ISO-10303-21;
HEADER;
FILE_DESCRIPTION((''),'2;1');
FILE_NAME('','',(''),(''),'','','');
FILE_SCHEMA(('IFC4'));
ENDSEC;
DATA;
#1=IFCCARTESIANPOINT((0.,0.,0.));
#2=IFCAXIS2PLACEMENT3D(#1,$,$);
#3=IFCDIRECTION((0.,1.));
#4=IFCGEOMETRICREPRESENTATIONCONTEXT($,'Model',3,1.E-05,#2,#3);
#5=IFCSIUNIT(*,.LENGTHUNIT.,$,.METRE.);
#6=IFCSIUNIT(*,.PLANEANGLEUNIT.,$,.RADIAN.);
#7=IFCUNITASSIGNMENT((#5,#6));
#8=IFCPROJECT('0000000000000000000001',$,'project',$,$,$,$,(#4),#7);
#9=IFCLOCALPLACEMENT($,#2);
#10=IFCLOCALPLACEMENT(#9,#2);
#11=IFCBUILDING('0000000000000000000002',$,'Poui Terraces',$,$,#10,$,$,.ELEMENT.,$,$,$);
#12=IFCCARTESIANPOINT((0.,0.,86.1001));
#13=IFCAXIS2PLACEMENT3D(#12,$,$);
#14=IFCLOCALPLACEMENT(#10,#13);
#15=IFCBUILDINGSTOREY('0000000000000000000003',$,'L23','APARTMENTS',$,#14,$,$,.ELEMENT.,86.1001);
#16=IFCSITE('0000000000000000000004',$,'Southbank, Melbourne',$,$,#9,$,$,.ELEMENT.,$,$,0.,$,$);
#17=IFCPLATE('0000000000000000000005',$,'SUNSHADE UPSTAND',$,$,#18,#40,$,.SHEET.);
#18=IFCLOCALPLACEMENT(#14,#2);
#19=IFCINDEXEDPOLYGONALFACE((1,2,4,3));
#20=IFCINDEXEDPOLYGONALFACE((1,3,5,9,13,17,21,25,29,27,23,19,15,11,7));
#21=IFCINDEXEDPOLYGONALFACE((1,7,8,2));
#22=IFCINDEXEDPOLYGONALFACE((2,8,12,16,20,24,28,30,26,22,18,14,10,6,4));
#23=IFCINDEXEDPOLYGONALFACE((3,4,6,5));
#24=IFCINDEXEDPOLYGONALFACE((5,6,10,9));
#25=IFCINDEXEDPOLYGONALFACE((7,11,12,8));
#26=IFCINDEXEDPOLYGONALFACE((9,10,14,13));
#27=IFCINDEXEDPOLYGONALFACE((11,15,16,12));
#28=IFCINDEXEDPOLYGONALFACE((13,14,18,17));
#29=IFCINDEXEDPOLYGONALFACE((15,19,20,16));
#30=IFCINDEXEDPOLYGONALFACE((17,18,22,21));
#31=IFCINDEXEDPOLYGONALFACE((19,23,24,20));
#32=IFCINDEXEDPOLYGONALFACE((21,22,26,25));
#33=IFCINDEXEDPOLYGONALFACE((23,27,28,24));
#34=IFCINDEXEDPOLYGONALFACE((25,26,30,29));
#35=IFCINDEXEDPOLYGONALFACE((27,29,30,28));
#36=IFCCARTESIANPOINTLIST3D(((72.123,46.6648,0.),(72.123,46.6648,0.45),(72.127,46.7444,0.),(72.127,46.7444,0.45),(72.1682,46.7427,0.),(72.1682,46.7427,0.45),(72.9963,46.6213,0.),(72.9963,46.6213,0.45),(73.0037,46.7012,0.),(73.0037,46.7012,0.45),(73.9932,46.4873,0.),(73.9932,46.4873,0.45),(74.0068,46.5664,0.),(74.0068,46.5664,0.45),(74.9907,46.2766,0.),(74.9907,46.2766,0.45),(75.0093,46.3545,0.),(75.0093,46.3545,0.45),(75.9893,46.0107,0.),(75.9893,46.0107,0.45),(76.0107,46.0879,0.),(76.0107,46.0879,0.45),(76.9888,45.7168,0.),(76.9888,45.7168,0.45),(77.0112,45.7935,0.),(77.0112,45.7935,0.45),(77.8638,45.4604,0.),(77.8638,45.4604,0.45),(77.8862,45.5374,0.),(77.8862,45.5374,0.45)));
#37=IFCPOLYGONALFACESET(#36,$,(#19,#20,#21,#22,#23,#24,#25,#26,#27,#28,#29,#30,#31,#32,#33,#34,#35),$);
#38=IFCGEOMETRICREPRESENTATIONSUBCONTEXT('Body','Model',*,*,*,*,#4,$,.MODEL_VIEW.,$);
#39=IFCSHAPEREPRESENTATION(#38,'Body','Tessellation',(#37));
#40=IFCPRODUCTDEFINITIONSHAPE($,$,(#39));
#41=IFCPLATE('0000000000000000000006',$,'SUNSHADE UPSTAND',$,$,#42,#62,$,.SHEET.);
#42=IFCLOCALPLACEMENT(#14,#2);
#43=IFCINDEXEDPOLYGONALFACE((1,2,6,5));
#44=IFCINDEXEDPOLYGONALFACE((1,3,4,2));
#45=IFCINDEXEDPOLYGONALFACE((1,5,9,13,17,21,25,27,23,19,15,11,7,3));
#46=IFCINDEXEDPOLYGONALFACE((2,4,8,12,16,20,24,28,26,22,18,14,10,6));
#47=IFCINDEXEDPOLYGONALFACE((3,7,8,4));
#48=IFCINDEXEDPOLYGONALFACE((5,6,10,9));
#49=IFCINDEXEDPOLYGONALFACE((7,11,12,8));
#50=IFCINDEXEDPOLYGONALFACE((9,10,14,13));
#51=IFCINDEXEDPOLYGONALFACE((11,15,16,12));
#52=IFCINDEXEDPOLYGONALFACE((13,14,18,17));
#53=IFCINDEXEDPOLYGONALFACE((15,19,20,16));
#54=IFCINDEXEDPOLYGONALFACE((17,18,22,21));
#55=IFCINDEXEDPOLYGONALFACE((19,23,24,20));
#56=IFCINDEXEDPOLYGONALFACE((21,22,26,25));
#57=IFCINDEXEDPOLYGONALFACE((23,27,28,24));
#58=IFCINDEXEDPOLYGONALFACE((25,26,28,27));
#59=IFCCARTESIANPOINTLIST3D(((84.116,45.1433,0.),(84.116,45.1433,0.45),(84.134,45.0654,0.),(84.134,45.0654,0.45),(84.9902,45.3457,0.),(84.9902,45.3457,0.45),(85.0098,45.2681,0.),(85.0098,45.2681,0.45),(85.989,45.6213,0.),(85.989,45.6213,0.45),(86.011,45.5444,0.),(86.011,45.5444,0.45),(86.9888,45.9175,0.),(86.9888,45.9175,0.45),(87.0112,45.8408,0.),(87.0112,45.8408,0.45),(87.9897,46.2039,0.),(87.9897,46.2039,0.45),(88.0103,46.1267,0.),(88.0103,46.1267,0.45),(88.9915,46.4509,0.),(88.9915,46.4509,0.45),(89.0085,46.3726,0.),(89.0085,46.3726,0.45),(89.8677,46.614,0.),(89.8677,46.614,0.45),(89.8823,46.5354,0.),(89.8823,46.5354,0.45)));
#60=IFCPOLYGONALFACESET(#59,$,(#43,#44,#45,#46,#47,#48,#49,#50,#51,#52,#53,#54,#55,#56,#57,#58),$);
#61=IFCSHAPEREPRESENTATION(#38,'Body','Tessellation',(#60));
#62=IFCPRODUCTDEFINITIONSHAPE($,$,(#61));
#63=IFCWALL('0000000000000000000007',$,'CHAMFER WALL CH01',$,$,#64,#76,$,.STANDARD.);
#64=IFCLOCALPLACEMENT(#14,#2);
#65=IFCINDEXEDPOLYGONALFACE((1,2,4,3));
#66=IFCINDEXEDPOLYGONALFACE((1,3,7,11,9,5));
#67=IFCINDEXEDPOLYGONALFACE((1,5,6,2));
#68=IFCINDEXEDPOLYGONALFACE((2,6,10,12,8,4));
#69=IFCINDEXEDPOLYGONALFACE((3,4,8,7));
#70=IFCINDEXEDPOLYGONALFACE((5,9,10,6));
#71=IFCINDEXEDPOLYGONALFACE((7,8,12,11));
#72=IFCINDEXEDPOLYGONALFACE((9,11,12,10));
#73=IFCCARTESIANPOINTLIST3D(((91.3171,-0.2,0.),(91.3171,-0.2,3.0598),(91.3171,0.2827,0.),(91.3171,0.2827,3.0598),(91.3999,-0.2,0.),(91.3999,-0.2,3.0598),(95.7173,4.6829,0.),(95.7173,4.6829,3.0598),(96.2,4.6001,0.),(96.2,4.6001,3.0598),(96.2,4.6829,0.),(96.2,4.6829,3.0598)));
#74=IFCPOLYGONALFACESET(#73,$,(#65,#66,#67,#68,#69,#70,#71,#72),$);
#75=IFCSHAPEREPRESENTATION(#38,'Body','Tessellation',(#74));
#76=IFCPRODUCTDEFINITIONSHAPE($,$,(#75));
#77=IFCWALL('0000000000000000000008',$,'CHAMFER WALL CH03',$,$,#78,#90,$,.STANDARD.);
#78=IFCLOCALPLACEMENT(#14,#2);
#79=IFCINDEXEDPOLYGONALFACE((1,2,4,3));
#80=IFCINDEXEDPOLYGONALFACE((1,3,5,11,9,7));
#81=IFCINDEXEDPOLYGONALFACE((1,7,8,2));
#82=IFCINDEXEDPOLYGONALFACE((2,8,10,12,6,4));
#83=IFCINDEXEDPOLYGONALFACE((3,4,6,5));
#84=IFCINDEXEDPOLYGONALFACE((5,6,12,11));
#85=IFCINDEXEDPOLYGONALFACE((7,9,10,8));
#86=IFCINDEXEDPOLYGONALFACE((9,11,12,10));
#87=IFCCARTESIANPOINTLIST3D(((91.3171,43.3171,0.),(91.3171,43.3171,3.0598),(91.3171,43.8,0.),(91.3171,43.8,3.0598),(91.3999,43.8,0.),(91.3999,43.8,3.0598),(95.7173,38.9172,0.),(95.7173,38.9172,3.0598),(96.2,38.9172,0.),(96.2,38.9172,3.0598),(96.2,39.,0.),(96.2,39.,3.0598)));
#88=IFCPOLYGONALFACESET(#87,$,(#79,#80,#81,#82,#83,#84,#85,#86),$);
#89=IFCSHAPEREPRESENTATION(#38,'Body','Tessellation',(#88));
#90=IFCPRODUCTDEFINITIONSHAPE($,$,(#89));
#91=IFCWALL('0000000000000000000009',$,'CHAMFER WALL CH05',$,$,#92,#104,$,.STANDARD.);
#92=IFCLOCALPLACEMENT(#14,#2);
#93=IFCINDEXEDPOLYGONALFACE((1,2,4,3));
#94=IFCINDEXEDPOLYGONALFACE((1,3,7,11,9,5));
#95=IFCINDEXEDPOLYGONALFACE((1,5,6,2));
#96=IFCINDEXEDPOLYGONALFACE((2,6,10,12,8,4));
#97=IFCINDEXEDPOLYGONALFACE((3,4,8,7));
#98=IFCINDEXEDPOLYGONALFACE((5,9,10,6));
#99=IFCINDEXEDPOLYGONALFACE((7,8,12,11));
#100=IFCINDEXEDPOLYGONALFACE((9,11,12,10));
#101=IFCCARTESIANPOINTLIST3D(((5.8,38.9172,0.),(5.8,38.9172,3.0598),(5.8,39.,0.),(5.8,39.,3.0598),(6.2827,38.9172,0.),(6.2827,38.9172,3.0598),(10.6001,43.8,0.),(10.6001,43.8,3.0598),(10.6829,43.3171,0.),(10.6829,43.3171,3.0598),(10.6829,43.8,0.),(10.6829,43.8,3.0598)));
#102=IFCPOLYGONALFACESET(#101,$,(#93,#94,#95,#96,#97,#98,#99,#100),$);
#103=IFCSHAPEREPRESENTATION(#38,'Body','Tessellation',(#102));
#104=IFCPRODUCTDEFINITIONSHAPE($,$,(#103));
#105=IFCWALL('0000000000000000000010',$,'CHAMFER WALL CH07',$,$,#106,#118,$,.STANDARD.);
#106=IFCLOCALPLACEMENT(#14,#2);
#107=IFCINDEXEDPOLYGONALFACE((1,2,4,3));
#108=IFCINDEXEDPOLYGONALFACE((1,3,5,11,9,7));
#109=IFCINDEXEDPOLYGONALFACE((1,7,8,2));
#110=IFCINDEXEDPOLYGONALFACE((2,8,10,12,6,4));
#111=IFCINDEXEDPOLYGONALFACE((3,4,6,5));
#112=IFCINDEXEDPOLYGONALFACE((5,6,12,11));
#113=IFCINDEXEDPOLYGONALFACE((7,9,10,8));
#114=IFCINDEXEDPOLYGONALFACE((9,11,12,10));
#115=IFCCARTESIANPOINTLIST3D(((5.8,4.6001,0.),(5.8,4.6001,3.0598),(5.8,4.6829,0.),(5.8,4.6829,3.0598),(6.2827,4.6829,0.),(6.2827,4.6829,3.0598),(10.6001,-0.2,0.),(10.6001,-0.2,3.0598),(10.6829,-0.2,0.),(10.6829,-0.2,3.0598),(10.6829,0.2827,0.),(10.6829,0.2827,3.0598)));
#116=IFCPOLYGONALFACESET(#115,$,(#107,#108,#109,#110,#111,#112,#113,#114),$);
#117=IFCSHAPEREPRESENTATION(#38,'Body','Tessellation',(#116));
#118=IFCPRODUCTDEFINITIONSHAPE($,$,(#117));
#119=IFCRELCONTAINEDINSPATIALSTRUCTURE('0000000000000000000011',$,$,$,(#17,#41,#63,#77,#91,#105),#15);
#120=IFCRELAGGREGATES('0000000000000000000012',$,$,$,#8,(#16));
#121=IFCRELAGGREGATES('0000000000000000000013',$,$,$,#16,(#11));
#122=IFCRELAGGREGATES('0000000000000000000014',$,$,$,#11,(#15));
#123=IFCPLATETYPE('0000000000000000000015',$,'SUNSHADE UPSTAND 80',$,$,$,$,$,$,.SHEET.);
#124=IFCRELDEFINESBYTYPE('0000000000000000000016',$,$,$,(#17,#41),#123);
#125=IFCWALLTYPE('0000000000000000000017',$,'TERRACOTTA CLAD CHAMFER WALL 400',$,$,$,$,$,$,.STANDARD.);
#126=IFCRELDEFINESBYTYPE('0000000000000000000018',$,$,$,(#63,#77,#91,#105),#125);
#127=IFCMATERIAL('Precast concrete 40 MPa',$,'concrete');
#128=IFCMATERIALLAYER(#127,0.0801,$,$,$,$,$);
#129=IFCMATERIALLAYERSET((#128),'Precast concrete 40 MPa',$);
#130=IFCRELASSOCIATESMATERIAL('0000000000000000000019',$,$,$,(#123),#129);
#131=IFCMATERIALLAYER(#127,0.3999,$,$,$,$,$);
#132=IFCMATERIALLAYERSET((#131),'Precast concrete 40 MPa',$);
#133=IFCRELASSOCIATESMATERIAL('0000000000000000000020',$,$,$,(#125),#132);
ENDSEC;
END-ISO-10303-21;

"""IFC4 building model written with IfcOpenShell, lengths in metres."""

from ifc_helpers import new_model, si_unit, direction, frame, origin, place, context, subcontext, project, spatial, polyline, outline, extrude, material, layer, layer_set, type_object, element, save


model = new_model("IFC4")

# Units and contexts
model_context = context("Model", 3, precision=1e-05, world=origin(), true_north=direction((0.0, 1.0)))
body_context = subcontext(model_context, "Body", "Model", "MODEL_VIEW")
ifc_project = project(units=[si_unit("LENGTHUNIT", "METRE"), si_unit("PLANEANGLEUNIT", "RADIAN")], contexts=[model_context])

# Site, building, storey
site_placement = place(None, origin())
site = spatial("IfcSite", under=ifc_project, at=site_placement, Name="Southbank, Melbourne", CompositionType="ELEMENT", RefElevation=0.0)
building_placement = place(site_placement, origin())
building = spatial("IfcBuilding", under=site, at=building_placement, Name="Poui Terraces", CompositionType="ELEMENT")
storey_placement = place(building_placement, frame((0.0, 0.0, 86.1001)))
storey = spatial("IfcBuildingStorey", under=building, at=storey_placement, Name="L23", Description="APARTMENTS", CompositionType="ELEMENT", Elevation=86.1001)

# Shared definitions
ifc_material_1 = material(Name="Precast concrete 40 MPa", Category="concrete")

# Plates
ifc_layer_1 = layer(ifc_material_1, 0.0801)
ifc_layer_set_1 = layer_set([ifc_layer_1], Name="Precast concrete 40 MPa")
plate_type = type_object("IfcPlateType", Name="SUNSHADE UPSTAND 80", PredefinedType="SHEET", material=ifc_layer_set_1)
plate_1_placement = place(storey_placement, origin())
element("IfcPlate", 1, at=plate_1_placement, inside=storey, type_object=plate_type, Name="SUNSHADE UPSTAND", PredefinedType="SHEET", context=body_context, shape_type="SweptSolid", body=[
    extrude(outline(polyline([(73.0037, 46.7012), (72.1682, 46.7427), (72.127, 46.7444), (72.123, 46.6648), (72.9963, 46.6213), (73.9932, 46.4873), (74.9907, 46.2766), (75.9893, 46.0107), (76.9888, 45.7168), (77.8638, 45.4604), (77.8862, 45.5374), (77.0112, 45.7935), (76.0107, 46.0879), (75.0093, 46.3545), (74.0068, 46.5664), (73.0037, 46.7012)])), origin(), (0.0, 0.0, 1.0), 0.45),
])
plate_2_placement = place(storey_placement, origin())
element("IfcPlate", 2, at=plate_2_placement, inside=storey, type_object=plate_type, Name="SUNSHADE UPSTAND", PredefinedType="SHEET", context=body_context, shape_type="SweptSolid", body=[
    extrude(outline(polyline([(84.9902, 45.3457), (84.116, 45.1433), (84.134, 45.0654), (85.0098, 45.2681), (86.011, 45.5444), (87.0112, 45.8408), (88.0103, 46.1267), (89.0085, 46.3726), (89.8823, 46.5354), (89.8677, 46.614), (88.9915, 46.4509), (87.9897, 46.2039), (86.9888, 45.9175), (85.989, 45.6213), (84.9902, 45.3457)])), origin(), (0.0, 0.0, 1.0), 0.45),
])

# Walls
ifc_layer_2 = layer(ifc_material_1, 0.3999)
ifc_layer_set_2 = layer_set([ifc_layer_2], Name="Precast concrete 40 MPa")
wall_type = type_object("IfcWallType", Name="TERRACOTTA CLAD CHAMFER WALL 400", PredefinedType="STANDARD", material=ifc_layer_set_2)
wall_1_placement = place(storey_placement, origin())
element("IfcWall", 3, at=wall_1_placement, inside=storey, type_object=wall_type, Name="CHAMFER WALL CH01", PredefinedType="STANDARD", context=body_context, shape_type="SweptSolid", body=[
    extrude(outline(polyline([(91.3171, -0.2), (91.3999, -0.2), (96.2, 4.6001), (96.2, 4.6829), (95.7173, 4.6829), (91.3171, 0.2827), (91.3171, -0.2)])), origin(), (0.0, 0.0, 1.0), 3.0598),
])
wall_2_placement = place(storey_placement, origin())
element("IfcWall", 4, at=wall_2_placement, inside=storey, type_object=wall_type, Name="CHAMFER WALL CH03", PredefinedType="STANDARD", context=body_context, shape_type="SweptSolid", body=[
    extrude(outline(polyline([(96.2, 38.9172), (96.2, 39.0), (91.3999, 43.8), (91.3171, 43.8), (91.3171, 43.3171), (95.7173, 38.9172), (96.2, 38.9172)])), origin(), (0.0, 0.0, 1.0), 3.0598),
])
wall_3_placement = place(storey_placement, origin())
element("IfcWall", 5, at=wall_3_placement, inside=storey, type_object=wall_type, Name="CHAMFER WALL CH05", PredefinedType="STANDARD", context=body_context, shape_type="SweptSolid", body=[
    extrude(outline(polyline([(10.6829, 43.8), (10.6001, 43.8), (5.8, 39.0), (5.8, 38.9172), (6.2827, 38.9172), (10.6829, 43.3171), (10.6829, 43.8)])), origin(), (0.0, 0.0, 1.0), 3.0598),
])
wall_4_placement = place(storey_placement, origin())
element("IfcWall", 6, at=wall_4_placement, inside=storey, type_object=wall_type, Name="CHAMFER WALL CH07", PredefinedType="STANDARD", context=body_context, shape_type="SweptSolid", body=[
    extrude(outline(polyline([(5.8, 4.6829), (5.8, 4.6001), (10.6001, -0.2), (10.6829, -0.2), (10.6829, 0.2827), (6.2827, 4.6829), (5.8, 4.6829)])), origin(), (0.0, 0.0, 1.0), 3.0598),
])

save(model, "model.ifc")
